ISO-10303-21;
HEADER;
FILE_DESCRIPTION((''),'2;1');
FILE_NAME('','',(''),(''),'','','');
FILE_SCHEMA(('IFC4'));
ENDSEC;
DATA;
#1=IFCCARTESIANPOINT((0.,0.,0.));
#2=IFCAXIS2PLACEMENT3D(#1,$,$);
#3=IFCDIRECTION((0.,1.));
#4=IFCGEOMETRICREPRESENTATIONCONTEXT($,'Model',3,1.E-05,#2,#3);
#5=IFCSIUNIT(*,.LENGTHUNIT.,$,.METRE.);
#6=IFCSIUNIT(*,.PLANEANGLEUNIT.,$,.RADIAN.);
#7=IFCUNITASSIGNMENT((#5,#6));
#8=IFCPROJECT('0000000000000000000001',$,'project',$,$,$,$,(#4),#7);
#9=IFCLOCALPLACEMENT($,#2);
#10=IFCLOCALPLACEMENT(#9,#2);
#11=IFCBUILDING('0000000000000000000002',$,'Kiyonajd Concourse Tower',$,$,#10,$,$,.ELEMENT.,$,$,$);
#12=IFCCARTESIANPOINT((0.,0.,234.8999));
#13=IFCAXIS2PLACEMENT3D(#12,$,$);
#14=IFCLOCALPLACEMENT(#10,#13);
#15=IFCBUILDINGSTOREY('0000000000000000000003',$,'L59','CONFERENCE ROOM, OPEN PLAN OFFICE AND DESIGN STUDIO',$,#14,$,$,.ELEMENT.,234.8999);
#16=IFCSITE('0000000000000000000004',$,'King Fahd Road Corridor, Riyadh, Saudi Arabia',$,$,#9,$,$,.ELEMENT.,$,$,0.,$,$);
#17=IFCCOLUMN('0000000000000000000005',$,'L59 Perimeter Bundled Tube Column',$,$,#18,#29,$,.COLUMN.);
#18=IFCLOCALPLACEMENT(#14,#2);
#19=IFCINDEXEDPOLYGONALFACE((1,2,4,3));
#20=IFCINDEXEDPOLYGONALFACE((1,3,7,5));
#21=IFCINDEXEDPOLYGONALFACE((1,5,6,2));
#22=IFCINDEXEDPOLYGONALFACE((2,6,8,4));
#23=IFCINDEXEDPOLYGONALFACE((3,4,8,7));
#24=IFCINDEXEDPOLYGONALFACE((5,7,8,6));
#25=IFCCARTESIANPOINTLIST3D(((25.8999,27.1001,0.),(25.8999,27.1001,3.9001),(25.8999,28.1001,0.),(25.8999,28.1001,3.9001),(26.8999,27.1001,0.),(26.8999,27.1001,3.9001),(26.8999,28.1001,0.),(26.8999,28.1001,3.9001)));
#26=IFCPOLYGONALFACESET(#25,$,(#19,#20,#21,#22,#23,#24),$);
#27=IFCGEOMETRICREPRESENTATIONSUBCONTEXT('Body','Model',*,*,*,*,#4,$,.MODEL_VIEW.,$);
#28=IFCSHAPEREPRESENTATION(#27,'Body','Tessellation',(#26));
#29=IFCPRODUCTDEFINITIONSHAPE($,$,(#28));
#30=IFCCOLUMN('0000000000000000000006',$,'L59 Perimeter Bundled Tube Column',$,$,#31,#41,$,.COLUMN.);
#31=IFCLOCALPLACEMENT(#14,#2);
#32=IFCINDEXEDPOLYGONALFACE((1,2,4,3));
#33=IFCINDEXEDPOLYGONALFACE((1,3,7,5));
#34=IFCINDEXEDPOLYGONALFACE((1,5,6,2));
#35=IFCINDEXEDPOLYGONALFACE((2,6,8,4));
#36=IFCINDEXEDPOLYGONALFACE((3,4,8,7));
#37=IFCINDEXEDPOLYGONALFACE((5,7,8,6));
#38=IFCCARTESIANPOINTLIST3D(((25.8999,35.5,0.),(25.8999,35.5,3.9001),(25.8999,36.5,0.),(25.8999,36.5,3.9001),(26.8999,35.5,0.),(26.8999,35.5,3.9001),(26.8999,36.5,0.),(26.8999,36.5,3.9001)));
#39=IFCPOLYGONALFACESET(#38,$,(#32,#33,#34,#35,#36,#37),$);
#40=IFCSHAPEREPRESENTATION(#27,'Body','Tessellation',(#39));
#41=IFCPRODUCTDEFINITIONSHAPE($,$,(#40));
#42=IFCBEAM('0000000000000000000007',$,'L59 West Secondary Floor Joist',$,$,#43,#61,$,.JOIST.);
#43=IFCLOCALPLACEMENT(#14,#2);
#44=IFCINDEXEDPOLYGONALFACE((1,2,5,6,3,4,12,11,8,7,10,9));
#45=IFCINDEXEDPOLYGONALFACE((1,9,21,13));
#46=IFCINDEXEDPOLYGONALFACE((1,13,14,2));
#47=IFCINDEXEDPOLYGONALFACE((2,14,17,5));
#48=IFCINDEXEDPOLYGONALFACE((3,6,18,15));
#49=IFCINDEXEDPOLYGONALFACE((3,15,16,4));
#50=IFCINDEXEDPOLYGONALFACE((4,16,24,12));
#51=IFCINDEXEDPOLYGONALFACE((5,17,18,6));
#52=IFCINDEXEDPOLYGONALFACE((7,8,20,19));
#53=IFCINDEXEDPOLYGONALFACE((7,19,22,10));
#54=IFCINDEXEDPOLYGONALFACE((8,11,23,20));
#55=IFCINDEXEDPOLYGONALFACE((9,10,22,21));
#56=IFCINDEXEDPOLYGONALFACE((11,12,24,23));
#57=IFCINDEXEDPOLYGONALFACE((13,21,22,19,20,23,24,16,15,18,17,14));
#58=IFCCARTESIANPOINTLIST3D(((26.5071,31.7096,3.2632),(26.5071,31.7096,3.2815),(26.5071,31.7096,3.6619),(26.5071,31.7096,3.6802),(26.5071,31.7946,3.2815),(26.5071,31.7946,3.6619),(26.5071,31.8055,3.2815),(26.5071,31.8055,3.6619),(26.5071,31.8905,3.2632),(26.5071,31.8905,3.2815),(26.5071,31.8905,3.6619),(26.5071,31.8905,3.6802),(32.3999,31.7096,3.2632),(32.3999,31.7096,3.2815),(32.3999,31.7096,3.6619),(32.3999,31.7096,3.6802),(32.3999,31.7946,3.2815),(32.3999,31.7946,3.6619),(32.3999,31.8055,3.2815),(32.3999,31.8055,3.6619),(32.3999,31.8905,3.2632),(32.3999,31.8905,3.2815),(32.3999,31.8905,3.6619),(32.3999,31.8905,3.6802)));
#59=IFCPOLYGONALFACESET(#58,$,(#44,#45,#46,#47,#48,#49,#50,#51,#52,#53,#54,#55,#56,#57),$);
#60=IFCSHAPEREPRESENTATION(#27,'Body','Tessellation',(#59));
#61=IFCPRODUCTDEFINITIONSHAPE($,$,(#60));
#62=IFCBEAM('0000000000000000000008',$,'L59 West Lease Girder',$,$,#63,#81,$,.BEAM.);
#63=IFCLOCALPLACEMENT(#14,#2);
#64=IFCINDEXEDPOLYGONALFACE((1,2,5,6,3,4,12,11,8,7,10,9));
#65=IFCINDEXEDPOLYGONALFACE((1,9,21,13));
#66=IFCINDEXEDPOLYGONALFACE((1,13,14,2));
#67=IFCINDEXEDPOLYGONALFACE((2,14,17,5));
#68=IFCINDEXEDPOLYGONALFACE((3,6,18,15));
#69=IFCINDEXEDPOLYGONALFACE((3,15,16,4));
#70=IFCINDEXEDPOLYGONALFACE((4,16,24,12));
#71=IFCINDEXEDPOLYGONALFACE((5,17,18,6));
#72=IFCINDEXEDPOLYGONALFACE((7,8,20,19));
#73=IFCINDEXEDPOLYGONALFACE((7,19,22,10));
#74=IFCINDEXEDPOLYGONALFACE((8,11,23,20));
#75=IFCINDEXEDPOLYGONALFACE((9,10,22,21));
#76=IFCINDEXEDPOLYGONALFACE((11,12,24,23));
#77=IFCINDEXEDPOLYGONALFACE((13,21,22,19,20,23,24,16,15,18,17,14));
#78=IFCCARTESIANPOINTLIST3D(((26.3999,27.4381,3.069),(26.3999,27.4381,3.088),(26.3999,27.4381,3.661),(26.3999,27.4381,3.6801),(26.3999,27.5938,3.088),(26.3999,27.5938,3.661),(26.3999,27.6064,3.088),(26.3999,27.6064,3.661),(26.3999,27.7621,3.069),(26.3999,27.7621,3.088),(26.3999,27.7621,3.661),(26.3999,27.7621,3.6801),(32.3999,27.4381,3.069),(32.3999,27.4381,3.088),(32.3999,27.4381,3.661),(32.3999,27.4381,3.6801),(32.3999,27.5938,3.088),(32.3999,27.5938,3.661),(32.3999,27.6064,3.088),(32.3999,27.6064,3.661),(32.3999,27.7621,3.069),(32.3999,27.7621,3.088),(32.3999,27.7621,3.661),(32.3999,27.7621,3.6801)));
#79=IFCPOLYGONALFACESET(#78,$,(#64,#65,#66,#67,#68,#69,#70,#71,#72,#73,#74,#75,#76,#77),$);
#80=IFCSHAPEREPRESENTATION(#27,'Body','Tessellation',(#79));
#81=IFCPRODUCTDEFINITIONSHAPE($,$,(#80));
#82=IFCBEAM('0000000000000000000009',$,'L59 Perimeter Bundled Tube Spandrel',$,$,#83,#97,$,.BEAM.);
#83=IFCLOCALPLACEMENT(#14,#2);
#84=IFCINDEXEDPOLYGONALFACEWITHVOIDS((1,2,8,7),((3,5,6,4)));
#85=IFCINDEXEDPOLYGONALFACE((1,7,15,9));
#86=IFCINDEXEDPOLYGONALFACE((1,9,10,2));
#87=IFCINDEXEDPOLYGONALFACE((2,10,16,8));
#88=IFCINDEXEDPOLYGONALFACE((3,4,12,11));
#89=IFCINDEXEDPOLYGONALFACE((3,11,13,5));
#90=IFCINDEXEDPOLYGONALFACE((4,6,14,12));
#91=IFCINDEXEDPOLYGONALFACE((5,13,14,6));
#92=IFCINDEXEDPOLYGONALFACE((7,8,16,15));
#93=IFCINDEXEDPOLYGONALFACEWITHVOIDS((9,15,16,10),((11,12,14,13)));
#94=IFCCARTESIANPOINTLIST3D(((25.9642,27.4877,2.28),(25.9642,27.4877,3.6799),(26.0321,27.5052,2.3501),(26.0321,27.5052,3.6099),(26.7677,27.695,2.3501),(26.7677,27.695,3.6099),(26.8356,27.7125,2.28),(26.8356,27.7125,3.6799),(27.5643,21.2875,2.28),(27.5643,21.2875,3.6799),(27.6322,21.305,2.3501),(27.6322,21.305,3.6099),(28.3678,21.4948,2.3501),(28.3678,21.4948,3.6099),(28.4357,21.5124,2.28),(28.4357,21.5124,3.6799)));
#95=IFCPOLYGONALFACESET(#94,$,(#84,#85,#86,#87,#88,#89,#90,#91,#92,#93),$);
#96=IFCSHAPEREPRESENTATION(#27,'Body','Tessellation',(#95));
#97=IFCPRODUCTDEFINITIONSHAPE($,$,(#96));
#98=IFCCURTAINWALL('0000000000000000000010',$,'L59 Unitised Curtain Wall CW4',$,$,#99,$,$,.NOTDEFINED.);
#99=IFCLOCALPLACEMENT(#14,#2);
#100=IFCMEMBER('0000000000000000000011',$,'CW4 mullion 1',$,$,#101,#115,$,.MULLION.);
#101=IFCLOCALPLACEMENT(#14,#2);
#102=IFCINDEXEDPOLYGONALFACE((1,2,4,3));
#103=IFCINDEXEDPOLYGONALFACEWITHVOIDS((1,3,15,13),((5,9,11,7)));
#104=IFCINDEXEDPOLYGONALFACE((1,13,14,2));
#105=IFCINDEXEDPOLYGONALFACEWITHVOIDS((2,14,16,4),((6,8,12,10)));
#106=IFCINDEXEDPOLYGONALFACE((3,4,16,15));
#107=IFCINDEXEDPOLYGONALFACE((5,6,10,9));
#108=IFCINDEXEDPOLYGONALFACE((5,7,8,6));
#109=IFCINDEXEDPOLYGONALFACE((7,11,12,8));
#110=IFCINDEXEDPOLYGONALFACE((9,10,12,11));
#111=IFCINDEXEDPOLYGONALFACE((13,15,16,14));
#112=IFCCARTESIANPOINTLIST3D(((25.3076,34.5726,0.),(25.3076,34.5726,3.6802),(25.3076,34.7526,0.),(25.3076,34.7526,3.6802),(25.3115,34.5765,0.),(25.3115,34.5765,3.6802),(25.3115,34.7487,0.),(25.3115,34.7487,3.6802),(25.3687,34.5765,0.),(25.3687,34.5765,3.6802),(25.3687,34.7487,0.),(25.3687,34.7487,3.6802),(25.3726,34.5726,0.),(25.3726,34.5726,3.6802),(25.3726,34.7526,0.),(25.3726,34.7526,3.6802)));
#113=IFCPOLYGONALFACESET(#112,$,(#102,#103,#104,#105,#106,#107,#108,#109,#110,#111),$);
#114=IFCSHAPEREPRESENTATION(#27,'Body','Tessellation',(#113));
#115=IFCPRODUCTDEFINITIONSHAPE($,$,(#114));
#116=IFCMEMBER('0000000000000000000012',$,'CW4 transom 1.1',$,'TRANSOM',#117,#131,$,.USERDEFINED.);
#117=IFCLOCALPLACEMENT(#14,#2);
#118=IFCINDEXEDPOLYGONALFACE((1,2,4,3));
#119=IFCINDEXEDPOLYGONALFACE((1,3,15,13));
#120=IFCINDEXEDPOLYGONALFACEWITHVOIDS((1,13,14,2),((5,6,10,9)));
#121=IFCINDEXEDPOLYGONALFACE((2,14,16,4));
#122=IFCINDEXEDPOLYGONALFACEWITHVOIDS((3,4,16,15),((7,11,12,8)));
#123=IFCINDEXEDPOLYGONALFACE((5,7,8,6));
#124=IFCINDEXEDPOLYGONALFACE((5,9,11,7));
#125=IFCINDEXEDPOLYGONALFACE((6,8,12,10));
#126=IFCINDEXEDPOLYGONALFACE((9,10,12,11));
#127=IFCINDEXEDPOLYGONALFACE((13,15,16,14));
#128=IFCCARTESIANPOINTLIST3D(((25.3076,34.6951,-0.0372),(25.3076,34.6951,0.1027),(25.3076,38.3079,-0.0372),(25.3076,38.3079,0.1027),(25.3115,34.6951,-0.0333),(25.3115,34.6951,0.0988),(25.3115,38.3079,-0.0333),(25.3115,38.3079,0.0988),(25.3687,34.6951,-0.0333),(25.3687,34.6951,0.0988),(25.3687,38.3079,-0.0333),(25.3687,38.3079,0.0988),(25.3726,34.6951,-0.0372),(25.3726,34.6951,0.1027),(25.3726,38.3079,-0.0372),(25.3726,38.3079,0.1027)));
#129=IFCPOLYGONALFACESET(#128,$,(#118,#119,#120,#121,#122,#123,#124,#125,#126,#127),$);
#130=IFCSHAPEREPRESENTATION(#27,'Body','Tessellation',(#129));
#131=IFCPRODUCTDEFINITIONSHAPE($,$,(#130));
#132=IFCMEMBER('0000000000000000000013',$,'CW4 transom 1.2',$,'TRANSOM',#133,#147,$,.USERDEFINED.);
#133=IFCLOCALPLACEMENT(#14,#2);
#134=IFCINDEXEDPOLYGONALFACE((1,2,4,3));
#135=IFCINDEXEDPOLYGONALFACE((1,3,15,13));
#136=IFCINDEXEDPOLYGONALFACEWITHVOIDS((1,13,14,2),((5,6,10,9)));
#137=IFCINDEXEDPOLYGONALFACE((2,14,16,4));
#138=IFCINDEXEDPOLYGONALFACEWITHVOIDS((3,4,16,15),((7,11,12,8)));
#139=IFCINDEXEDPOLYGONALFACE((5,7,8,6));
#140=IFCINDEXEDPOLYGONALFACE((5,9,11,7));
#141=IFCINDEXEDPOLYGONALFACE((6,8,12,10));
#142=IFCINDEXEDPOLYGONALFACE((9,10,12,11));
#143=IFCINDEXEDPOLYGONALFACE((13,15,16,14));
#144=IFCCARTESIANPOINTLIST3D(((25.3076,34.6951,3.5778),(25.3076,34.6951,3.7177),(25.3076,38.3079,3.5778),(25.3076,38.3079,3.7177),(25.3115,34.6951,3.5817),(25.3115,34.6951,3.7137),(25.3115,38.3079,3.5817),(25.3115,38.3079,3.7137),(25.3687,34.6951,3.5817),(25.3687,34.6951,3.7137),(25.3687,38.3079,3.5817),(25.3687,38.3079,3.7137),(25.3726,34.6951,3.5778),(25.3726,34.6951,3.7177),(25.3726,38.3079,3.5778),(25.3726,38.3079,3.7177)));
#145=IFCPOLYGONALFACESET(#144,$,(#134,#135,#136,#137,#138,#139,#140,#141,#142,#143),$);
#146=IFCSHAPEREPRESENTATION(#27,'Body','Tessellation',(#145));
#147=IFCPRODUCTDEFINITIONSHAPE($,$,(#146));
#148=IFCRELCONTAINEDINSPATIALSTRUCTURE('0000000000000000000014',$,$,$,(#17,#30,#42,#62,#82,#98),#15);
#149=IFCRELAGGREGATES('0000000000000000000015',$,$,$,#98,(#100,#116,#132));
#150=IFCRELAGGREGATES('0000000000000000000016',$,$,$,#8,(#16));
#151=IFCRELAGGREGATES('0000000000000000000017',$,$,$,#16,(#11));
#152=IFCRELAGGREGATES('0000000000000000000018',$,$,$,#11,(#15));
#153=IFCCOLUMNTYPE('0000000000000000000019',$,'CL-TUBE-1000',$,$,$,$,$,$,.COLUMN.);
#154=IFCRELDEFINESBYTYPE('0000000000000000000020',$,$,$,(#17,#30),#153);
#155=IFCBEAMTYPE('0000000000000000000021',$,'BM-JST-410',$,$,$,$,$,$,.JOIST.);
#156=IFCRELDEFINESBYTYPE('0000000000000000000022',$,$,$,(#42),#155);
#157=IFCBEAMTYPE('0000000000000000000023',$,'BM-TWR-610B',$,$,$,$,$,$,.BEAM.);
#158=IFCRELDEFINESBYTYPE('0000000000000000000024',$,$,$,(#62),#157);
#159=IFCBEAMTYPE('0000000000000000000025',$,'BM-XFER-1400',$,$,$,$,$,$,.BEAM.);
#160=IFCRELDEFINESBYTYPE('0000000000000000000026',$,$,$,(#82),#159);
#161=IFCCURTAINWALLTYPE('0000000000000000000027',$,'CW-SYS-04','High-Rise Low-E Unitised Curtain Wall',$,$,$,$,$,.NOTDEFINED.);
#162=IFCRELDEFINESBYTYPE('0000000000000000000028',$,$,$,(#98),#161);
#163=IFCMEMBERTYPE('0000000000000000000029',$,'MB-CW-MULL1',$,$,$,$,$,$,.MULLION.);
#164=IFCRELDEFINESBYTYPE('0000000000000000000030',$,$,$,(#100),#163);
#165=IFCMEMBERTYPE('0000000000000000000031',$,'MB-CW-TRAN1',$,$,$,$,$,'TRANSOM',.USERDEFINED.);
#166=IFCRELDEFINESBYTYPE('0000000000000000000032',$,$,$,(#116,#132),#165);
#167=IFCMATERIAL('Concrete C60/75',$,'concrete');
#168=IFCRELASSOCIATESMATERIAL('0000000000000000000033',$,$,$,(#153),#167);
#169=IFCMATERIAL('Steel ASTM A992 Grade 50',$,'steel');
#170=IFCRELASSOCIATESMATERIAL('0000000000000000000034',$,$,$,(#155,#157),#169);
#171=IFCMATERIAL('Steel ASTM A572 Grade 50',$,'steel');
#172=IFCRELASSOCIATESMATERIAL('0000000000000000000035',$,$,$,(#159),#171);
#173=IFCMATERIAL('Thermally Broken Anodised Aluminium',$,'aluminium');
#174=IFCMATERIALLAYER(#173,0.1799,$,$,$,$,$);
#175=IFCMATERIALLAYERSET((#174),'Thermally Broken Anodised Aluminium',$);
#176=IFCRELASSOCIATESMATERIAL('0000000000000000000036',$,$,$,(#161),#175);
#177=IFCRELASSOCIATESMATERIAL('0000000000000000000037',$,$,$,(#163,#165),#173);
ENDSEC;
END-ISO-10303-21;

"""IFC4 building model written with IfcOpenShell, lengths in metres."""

from ifc_helpers import new_model, si_unit, direction, frame, origin, origin_2d, place, context, subcontext, project, spatial, rectangle, hollow_rectangle, i_section, extrude, material, layer, layer_set, material_profile, profile_set, type_object, element, aggregate, save


model = new_model("IFC4")

# Units and contexts
model_context = context("Model", 3, precision=1e-05, world=origin(), true_north=direction((0.0, 1.0)))
body_context = subcontext(model_context, "Body", "Model", "MODEL_VIEW")
ifc_project = project(units=[si_unit("LENGTHUNIT", "METRE"), si_unit("PLANEANGLEUNIT", "RADIAN")], contexts=[model_context])

# Site, building, storey
site_placement = place(None, origin())
site = spatial("IfcSite", under=ifc_project, at=site_placement, Name="King Fahd Road Corridor, Riyadh, Saudi Arabia", CompositionType="ELEMENT", RefElevation=0.0)
building_placement = place(site_placement, origin())
building = spatial("IfcBuilding", under=site, at=building_placement, Name="Kiyonajd Concourse Tower", CompositionType="ELEMENT")
storey_placement = place(building_placement, frame((0.0, 0.0, 234.8999)))
storey = spatial("IfcBuildingStorey", under=building, at=storey_placement, Name="L59", Description="CONFERENCE ROOM, OPEN PLAN OFFICE AND DESIGN STUDIO", CompositionType="ELEMENT", Elevation=234.8999)

# Columns
ifc_material_1 = material(Name="Concrete C60/75", Category="concrete")
ifc_material_profile_1 = material_profile(ifc_material_1, rectangle(XDim=1.0, YDim=1.0, at=origin_2d()), Name="RC-1000x1000")
ifc_profile_set_1 = profile_set([ifc_material_profile_1], Name="Concrete C60/75")
column_type = type_object("IfcColumnType", Name="CL-TUBE-1000", PredefinedType="COLUMN", material=ifc_profile_set_1)
for number, where, z_axis, x_axis, name in (
    (1, (26.3999, 27.6001, 0.0), (0.0, 0.0, 1.0), (1.0, 0.0, 0.0), "L59 Perimeter Bundled Tube Column"),
    (2, (26.3999, 36.0, 0.0), (0.0, 0.0, 1.0), (1.0, 0.0, 0.0), "L59 Perimeter Bundled Tube Column"),
):
    element("IfcColumn", number, at=place(storey_placement, frame(where, z_axis=z_axis, x_axis=x_axis)), inside=storey, type_object=column_type, Name=name, PredefinedType="COLUMN", context=body_context, shape_type="SweptSolid", body=[
        extrude(rectangle(XDim=1.0, YDim=1.0, at=origin_2d()), origin(), (0.0, 0.0, 1.0), 3.9001),
    ])

# Beams
ifc_material_2 = material(Name="Steel ASTM A992 Grade 50", Category="steel")
ifc_material_profile_2 = material_profile(ifc_material_2, i_section(OverallWidth=0.1809, OverallDepth=0.417, WebThickness=0.011, FlangeThickness=0.0183, at=origin_2d()), Name="W410X85")
ifc_profile_set_2 = profile_set([ifc_material_profile_2], Name="Steel ASTM A992 Grade 50")
beam_type_1 = type_object("IfcBeamType", Name="BM-JST-410", PredefinedType="JOIST", material=ifc_profile_set_2)
beam_1_placement = place(storey_placement, frame((26.5071, 31.8, 3.4717), z_axis=(1.0, 0.0, 0.0), x_axis=(0.0, 1.0, 0.0)))
element("IfcBeam", 3, at=beam_1_placement, inside=storey, type_object=beam_type_1, Name="L59 West Secondary Floor Joist", PredefinedType="JOIST", context=body_context, shape_type="SweptSolid", body=[
    extrude(i_section(OverallWidth=0.1809, OverallDepth=0.417, WebThickness=0.011, FlangeThickness=0.0183, at=origin_2d()), origin(), (0.0, 0.0, 1.0), 5.8928),
])
ifc_material_profile_3 = material_profile(ifc_material_2, i_section(OverallWidth=0.324, OverallDepth=0.6111, WebThickness=0.0127, FlangeThickness=0.019, at=origin_2d()), Name="W610X155")
ifc_profile_set_3 = profile_set([ifc_material_profile_3], Name="Steel ASTM A992 Grade 50")
beam_type_2 = type_object("IfcBeamType", Name="BM-TWR-610B", PredefinedType="BEAM", material=ifc_profile_set_3)
beam_2_placement = place(storey_placement, frame((26.3999, 27.6001, 3.3745), z_axis=(1.0, 0.0, 0.0), x_axis=(0.0, 1.0, 0.0)))
element("IfcBeam", 4, at=beam_2_placement, inside=storey, type_object=beam_type_2, Name="L59 West Lease Girder", PredefinedType="BEAM", context=body_context, shape_type="SweptSolid", body=[
    extrude(i_section(OverallWidth=0.324, OverallDepth=0.6111, WebThickness=0.0127, FlangeThickness=0.019, at=origin_2d()), origin(), (0.0, 0.0, 1.0), 6.0),
])
ifc_material_3 = material(Name="Steel ASTM A572 Grade 50", Category="steel")
ifc_material_profile_4 = material_profile(ifc_material_3, hollow_rectangle(XDim=0.8999, YDim=1.3999, WallThickness=0.0701, at=origin_2d()), Name="BOX-1400x900x70")
ifc_profile_set_4 = profile_set([ifc_material_profile_4], Name="Steel ASTM A572 Grade 50")
beam_type_3 = type_object("IfcBeamType", Name="BM-XFER-1400", PredefinedType="BEAM", material=ifc_profile_set_4)
beam_3_placement = place(storey_placement, frame((26.3999, 27.6001, 2.98), z_axis=(0.249885, -0.968276, 0.0), x_axis=(0.968276, 0.249885, 0.0)))
element("IfcBeam", 5, at=beam_3_placement, inside=storey, type_object=beam_type_3, Name="L59 Perimeter Bundled Tube Spandrel", PredefinedType="BEAM", context=body_context, shape_type="SweptSolid", body=[
    extrude(hollow_rectangle(XDim=0.8999, YDim=1.3999, WallThickness=0.0701, at=origin_2d()), origin(), (0.0, 0.0, 1.0), 6.4033),
])

# Curtain wall, members
ifc_material_4 = material(Name="Thermally Broken Anodised Aluminium", Category="aluminium")
ifc_layer_1 = layer(ifc_material_4, 0.1799)
ifc_layer_set_1 = layer_set([ifc_layer_1], Name="Thermally Broken Anodised Aluminium")
curtain_wall_type = type_object("IfcCurtainWallType", Name="CW-SYS-04", Description="High-Rise Low-E Unitised Curtain Wall", PredefinedType="NOTDEFINED", material=ifc_layer_set_1)
curtain_wall_placement = place(storey_placement, origin())
curtain_wall = element("IfcCurtainWall", 6, at=curtain_wall_placement, inside=storey, type_object=curtain_wall_type, Name="L59 Unitised Curtain Wall CW4", PredefinedType="NOTDEFINED")
ifc_material_profile_5 = material_profile(ifc_material_4, hollow_rectangle(XDim=0.0649, YDim=0.1799, WallThickness=0.0039, at=origin_2d()), Name="MULL-65x180")
ifc_profile_set_5 = profile_set([ifc_material_profile_5], Name="Thermally Broken Anodised Aluminium")
member_type_1 = type_object("IfcMemberType", Name="MB-CW-MULL1", PredefinedType="MULLION", material=ifc_profile_set_5)
member_1_placement = place(storey_placement, frame((25.3401, 34.6626, 0.0), z_axis=(0.0, 0.0, 1.0), x_axis=(-1.0, 0.0, 0.0)))
member_1 = element("IfcMember", 7, at=member_1_placement, type_object=member_type_1, Name="CW4 mullion 1", PredefinedType="MULLION", context=body_context, shape_type="SweptSolid", body=[
    extrude(hollow_rectangle(XDim=0.0649, YDim=0.1799, WallThickness=0.0039, at=origin_2d()), origin(), (0.0, 0.0, 1.0), 3.6802),
])
ifc_material_profile_6 = material_profile(ifc_material_4, hollow_rectangle(XDim=0.0649, YDim=0.1399, WallThickness=0.0039, at=origin_2d()), Name="TRAN-65x140")
ifc_profile_set_6 = profile_set([ifc_material_profile_6], Name="Thermally Broken Anodised Aluminium")
member_type_2 = type_object("IfcMemberType", Name="MB-CW-TRAN1", ElementType="TRANSOM", PredefinedType="USERDEFINED", material=ifc_profile_set_6)
member_2_placement = place(storey_placement, frame((25.3401, 34.6951, 0.0327), z_axis=(0.0, 1.0, 0.0), x_axis=(-1.0, 0.0, 0.0)))
member_2 = element("IfcMember", 8, at=member_2_placement, type_object=member_type_2, Name="CW4 transom 1.1", ObjectType="TRANSOM", PredefinedType="USERDEFINED", context=body_context, shape_type="SweptSolid", body=[
    extrude(hollow_rectangle(XDim=0.0649, YDim=0.1399, WallThickness=0.0039, at=origin_2d()), origin(), (0.0, 0.0, 1.0), 3.6128),
])
member_3_placement = place(storey_placement, frame((25.3401, 34.6951, 3.6477), z_axis=(0.0, 1.0, 0.0), x_axis=(-1.0, 0.0, 0.0)))
member_3 = element("IfcMember", 9, at=member_3_placement, type_object=member_type_2, Name="CW4 transom 1.2", ObjectType="TRANSOM", PredefinedType="USERDEFINED", context=body_context, shape_type="SweptSolid", body=[
    extrude(hollow_rectangle(XDim=0.0649, YDim=0.1399, WallThickness=0.0039, at=origin_2d()), origin(), (0.0, 0.0, 1.0), 3.6128),
])
aggregate(curtain_wall, [member_1, member_2, member_3])

save(model, "model.ifc")
